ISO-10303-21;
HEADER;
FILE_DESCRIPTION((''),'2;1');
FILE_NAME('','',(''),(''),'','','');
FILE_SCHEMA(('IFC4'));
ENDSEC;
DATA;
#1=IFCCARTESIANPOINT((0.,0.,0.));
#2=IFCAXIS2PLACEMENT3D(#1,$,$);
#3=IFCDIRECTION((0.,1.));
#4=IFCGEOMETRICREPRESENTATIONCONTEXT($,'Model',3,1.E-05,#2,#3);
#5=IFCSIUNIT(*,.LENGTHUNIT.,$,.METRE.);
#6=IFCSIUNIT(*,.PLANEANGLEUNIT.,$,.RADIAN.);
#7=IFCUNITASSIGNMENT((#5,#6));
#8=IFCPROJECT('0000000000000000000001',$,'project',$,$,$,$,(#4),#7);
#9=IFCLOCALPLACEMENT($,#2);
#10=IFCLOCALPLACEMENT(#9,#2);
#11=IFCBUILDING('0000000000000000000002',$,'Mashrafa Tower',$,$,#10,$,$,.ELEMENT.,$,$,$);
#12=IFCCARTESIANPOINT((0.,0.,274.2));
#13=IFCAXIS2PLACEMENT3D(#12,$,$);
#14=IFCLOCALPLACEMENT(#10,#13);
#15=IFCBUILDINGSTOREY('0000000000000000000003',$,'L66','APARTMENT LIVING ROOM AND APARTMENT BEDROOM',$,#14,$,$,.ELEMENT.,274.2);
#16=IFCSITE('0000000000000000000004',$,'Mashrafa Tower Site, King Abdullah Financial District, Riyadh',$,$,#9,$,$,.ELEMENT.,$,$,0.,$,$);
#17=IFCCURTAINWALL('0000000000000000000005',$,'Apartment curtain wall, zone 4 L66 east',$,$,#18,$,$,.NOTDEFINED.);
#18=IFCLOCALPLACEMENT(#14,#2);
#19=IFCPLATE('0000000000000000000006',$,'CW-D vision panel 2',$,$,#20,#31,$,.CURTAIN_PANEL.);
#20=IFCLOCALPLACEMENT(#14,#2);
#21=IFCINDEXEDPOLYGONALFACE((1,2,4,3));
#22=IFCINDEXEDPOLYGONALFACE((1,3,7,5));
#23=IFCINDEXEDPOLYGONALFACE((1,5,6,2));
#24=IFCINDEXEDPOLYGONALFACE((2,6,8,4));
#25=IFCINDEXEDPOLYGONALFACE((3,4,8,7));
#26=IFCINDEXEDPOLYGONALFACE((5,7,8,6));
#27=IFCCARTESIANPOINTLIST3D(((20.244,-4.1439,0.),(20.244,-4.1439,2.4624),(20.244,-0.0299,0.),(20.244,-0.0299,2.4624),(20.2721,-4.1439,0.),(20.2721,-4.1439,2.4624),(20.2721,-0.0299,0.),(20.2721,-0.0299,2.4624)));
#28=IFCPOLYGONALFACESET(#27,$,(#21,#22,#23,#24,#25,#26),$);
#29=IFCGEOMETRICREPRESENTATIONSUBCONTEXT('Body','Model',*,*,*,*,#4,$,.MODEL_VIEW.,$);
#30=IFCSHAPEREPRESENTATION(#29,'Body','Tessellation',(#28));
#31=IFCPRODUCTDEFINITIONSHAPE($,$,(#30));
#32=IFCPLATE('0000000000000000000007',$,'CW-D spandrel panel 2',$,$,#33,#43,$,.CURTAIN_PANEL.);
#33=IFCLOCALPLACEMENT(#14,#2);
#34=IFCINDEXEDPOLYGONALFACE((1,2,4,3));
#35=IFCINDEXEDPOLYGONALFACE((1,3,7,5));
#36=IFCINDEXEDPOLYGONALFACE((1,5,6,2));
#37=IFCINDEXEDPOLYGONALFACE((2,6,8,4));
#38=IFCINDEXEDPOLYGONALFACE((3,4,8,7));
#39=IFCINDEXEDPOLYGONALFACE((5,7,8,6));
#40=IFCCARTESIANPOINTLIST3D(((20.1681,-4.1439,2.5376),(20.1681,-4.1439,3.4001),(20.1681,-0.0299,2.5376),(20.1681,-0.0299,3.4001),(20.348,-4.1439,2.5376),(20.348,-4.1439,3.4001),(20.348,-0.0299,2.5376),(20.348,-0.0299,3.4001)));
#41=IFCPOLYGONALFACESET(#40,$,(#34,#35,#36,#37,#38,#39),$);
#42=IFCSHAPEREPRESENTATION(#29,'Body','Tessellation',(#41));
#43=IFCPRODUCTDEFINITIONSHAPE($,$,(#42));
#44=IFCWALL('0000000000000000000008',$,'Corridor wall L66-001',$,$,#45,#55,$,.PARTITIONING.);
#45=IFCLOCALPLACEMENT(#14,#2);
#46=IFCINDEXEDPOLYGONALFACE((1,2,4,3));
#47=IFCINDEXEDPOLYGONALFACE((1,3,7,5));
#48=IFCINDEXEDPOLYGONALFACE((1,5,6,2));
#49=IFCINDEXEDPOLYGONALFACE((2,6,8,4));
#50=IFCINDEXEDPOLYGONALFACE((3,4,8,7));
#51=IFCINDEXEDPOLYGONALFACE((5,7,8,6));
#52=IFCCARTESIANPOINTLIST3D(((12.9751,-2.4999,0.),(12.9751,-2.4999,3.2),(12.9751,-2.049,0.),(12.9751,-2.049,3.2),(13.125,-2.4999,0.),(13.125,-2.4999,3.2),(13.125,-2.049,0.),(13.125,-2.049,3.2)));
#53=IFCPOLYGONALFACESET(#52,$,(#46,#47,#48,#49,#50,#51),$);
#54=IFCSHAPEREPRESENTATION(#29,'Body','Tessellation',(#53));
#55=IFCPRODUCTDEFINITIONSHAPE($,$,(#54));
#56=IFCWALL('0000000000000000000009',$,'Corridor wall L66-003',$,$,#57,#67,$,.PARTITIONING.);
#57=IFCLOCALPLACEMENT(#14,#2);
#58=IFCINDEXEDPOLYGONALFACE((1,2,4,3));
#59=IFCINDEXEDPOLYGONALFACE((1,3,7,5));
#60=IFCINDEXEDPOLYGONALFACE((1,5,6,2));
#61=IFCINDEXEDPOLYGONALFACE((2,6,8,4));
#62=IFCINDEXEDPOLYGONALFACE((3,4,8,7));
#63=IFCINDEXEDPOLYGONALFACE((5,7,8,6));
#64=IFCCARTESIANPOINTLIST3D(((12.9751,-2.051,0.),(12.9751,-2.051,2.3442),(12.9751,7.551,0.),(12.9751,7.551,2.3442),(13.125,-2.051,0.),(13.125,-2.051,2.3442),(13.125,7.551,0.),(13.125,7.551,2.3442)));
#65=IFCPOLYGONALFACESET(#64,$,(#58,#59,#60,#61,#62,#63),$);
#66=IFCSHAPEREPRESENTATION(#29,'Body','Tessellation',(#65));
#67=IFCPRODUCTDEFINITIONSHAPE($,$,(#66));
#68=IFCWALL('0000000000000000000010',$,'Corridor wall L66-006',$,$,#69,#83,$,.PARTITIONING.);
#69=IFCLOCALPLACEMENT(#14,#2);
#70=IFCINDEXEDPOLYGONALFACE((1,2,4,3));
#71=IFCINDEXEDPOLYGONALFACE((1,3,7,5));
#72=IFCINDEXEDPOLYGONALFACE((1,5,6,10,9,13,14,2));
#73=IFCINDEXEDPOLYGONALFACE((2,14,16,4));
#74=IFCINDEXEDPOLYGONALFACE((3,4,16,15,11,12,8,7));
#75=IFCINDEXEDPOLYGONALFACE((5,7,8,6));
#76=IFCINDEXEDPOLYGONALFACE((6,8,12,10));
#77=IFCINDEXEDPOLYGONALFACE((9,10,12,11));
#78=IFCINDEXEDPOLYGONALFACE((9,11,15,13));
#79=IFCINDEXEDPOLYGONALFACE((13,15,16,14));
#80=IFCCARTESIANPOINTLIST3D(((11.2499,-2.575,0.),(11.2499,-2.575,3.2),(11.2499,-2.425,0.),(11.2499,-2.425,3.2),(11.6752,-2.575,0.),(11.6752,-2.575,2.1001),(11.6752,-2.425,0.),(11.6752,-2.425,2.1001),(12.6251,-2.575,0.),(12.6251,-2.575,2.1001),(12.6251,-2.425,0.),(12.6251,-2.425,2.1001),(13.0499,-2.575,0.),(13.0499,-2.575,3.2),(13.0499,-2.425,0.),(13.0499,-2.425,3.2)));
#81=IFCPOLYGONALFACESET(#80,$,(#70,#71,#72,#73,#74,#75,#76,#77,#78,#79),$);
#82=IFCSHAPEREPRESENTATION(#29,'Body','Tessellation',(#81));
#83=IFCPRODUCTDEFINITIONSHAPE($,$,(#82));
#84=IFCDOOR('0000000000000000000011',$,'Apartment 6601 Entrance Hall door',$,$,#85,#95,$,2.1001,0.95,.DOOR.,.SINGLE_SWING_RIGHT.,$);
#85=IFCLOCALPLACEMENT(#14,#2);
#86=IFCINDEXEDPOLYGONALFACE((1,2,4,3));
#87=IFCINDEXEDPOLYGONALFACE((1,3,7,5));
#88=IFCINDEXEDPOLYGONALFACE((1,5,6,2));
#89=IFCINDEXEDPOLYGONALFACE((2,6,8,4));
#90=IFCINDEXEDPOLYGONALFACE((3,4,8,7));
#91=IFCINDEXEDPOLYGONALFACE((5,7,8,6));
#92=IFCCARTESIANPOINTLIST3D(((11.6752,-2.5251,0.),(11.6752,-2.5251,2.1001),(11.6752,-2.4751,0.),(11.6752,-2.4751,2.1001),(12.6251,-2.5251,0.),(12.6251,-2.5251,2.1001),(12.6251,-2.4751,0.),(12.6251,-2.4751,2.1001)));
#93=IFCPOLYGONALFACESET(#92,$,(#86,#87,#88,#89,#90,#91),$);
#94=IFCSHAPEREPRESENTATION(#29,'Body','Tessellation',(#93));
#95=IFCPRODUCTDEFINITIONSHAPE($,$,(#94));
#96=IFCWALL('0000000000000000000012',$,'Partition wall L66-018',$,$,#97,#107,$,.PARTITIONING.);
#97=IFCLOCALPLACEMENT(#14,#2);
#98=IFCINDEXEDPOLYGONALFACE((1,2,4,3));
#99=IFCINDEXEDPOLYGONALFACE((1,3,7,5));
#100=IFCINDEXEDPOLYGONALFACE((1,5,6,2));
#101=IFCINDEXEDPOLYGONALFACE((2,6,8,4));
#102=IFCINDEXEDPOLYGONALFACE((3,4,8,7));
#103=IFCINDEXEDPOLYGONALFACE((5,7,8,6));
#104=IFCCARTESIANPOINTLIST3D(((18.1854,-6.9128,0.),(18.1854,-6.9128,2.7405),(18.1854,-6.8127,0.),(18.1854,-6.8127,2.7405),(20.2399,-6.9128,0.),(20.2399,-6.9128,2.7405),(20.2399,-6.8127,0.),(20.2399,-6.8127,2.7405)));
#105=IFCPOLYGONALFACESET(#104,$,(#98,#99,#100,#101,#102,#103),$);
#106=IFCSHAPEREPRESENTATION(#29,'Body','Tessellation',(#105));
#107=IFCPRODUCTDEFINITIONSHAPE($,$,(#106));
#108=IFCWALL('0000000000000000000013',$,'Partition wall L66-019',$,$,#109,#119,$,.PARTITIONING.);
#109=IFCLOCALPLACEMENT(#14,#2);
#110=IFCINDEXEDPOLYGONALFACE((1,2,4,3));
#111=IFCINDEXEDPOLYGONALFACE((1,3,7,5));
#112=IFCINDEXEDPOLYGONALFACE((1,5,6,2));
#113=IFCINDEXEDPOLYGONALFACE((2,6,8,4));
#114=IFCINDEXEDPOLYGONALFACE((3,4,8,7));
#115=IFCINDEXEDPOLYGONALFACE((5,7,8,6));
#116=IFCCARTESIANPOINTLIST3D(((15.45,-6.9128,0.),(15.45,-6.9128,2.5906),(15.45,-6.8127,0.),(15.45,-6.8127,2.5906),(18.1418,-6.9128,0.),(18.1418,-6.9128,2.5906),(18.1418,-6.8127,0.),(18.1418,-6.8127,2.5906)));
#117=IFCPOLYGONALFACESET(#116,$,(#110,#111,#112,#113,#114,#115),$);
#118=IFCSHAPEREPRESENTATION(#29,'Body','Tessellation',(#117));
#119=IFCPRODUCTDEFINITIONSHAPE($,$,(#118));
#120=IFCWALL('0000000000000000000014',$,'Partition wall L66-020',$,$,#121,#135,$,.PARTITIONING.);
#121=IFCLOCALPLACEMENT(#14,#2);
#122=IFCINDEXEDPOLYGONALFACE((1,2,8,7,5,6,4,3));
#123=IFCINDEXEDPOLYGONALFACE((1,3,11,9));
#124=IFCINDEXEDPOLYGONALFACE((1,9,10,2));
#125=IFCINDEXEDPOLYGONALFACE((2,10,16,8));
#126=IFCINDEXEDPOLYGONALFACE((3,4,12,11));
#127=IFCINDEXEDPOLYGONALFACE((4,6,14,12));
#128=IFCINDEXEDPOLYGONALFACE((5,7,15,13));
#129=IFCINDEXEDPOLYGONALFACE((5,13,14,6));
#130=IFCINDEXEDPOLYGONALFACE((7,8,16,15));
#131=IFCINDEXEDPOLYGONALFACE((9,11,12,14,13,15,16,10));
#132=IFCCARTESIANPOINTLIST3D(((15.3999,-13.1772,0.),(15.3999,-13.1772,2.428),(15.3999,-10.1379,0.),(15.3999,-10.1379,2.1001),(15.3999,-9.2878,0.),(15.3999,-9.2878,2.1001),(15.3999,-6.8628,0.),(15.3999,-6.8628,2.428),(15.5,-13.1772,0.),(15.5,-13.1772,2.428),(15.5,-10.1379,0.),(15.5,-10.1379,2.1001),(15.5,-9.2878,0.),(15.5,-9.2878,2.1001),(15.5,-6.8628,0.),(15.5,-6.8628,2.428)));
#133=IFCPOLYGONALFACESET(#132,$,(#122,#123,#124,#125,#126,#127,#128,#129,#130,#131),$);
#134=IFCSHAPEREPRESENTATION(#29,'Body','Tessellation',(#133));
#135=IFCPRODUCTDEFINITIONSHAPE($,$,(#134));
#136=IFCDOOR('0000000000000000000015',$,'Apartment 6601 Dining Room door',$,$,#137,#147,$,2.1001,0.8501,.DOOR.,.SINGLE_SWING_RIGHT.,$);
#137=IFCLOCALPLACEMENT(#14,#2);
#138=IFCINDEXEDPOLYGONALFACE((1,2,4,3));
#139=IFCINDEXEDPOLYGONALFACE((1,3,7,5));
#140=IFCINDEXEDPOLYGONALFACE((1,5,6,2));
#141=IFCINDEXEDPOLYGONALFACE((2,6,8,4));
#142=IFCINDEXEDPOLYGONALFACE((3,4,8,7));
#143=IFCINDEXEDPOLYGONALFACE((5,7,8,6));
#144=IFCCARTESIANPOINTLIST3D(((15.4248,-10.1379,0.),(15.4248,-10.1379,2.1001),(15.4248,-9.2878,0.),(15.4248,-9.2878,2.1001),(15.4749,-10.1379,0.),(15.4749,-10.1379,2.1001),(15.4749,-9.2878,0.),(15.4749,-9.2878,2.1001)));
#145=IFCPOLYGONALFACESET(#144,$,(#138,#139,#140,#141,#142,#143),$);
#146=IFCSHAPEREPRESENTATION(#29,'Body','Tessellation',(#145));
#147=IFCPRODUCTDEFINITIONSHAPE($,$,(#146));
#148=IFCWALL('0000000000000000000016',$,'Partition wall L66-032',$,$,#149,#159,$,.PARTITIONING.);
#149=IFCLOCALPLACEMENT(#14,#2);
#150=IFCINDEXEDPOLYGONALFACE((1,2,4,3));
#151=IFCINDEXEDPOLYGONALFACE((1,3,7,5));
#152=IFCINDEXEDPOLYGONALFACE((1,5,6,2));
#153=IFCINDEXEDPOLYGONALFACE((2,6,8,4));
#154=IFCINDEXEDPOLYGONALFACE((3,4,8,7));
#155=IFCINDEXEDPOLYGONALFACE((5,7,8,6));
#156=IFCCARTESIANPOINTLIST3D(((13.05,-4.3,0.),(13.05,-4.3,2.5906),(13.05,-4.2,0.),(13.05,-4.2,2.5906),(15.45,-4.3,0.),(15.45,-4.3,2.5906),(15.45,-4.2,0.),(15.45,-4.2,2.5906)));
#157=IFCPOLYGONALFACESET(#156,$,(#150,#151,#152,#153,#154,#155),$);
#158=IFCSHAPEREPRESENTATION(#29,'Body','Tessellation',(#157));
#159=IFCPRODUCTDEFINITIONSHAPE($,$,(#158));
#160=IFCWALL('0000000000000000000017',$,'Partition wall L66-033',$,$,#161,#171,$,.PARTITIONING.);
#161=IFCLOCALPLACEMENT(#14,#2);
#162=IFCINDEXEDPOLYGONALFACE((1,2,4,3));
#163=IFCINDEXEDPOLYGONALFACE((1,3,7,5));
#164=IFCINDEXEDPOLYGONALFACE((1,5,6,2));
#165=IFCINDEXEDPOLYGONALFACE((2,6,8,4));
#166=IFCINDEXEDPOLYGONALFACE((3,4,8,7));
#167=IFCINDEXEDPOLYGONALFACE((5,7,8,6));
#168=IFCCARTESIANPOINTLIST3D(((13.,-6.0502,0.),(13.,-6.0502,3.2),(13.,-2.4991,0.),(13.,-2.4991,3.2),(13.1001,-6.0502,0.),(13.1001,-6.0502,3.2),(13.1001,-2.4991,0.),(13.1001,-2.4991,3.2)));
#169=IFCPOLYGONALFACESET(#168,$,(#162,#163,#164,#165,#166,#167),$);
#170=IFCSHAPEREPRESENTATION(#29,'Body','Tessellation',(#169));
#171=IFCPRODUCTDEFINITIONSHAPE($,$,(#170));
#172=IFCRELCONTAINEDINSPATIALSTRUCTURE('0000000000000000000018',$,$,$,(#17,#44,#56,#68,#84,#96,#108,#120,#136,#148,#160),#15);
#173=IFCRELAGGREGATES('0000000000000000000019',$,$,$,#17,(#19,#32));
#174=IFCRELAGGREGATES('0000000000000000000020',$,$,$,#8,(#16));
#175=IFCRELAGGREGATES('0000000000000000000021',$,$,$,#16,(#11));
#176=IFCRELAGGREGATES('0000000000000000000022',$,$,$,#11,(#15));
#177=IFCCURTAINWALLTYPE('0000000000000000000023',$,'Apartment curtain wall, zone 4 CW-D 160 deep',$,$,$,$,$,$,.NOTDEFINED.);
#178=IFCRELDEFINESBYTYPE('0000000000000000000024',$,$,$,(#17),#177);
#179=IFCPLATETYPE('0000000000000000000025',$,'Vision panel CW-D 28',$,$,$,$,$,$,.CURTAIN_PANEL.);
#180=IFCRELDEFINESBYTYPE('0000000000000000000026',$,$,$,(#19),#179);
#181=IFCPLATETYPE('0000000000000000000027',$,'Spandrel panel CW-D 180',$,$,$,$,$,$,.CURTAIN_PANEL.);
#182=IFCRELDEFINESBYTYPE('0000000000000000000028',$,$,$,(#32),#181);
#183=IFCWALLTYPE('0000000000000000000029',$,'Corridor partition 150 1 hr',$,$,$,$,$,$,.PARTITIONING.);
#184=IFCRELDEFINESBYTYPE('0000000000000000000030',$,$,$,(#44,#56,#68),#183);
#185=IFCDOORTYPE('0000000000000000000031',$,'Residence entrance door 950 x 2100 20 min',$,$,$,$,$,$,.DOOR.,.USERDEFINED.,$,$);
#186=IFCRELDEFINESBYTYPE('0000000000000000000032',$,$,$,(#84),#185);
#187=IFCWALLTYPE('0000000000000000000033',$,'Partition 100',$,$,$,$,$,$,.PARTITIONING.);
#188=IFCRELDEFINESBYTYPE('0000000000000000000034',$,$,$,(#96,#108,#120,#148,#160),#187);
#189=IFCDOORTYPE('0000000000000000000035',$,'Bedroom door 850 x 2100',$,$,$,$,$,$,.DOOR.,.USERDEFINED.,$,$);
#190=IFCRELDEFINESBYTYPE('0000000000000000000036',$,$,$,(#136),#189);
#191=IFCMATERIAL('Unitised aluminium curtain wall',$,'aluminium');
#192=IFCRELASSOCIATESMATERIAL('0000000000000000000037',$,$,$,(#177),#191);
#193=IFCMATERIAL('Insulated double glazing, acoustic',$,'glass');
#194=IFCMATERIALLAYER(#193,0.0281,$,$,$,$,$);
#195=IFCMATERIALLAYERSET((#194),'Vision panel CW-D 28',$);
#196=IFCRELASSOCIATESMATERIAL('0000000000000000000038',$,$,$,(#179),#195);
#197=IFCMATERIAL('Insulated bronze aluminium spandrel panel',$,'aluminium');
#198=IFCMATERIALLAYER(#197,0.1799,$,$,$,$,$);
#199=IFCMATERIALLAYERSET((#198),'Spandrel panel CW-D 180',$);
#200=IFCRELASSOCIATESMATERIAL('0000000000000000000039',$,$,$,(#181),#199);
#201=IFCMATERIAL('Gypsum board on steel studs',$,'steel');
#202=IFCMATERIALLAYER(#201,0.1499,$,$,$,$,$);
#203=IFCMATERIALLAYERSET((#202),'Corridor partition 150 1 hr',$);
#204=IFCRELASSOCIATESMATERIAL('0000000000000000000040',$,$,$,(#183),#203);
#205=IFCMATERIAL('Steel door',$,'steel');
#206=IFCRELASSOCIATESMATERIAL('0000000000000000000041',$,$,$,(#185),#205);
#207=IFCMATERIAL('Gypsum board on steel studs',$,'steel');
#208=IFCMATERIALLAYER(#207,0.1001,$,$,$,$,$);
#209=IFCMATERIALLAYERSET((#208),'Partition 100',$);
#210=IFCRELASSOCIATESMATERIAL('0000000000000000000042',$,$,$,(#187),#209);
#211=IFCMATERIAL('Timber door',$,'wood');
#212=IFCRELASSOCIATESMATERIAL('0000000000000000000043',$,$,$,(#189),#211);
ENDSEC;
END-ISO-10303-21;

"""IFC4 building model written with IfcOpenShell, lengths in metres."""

from ifc_helpers import new_model, si_unit, direction, frame, frame_2d, origin, origin_2d, place, context, subcontext, project, spatial, rectangle, extrude, source, transform, mapped, material, layer, layer_set, type_object, element, fill, aggregate, save


model = new_model("IFC4")

# Units and contexts
model_context = context("Model", 3, precision=1e-05, world=origin(), true_north=direction((0.0, 1.0)))
body_context = subcontext(model_context, "Body", "Model", "MODEL_VIEW")
ifc_project = project(units=[si_unit("LENGTHUNIT", "METRE"), si_unit("PLANEANGLEUNIT", "RADIAN")], contexts=[model_context])

# Site, building, storey
site_placement = place(None, origin())
site = spatial("IfcSite", under=ifc_project, at=site_placement, Name="Mashrafa Tower Site, King Abdullah Financial District, Riyadh", CompositionType="ELEMENT", RefElevation=0.0)
building_placement = place(site_placement, origin())
building = spatial("IfcBuilding", under=site, at=building_placement, Name="Mashrafa Tower", CompositionType="ELEMENT")
storey_placement = place(building_placement, frame((0.0, 0.0, 274.2)))
storey = spatial("IfcBuildingStorey", under=building, at=storey_placement, Name="L66", Description="APARTMENT LIVING ROOM AND APARTMENT BEDROOM", CompositionType="ELEMENT", Elevation=274.2)

# Curtain wall, plates
ifc_material_1 = material(Name="Unitised aluminium curtain wall", Category="aluminium")
curtain_wall_type = type_object("IfcCurtainWallType", Name="Apartment curtain wall, zone 4 CW-D 160 deep", PredefinedType="NOTDEFINED", material=ifc_material_1)
curtain_wall_placement = place(storey_placement, origin())
curtain_wall = element("IfcCurtainWall", 1, at=curtain_wall_placement, inside=storey, type_object=curtain_wall_type, Name="Apartment curtain wall, zone 4 L66 east", PredefinedType="NOTDEFINED")
ifc_material_2 = material(Name="Insulated double glazing, acoustic", Category="glass")
ifc_layer_1 = layer(ifc_material_2, 0.0281)
ifc_layer_set_1 = layer_set([ifc_layer_1], Name="Vision panel CW-D 28")
plate_type_1 = type_object("IfcPlateType", Name="Vision panel CW-D 28", PredefinedType="CURTAIN_PANEL", material=ifc_layer_set_1)
ifc_material_3 = material(Name="Insulated bronze aluminium spandrel panel", Category="aluminium")
ifc_layer_2 = layer(ifc_material_3, 0.1799)
ifc_layer_set_2 = layer_set([ifc_layer_2], Name="Spandrel panel CW-D 180")
plate_type_2 = type_object("IfcPlateType", Name="Spandrel panel CW-D 180", PredefinedType="CURTAIN_PANEL", material=ifc_layer_set_2)
shared_shape_1 = source(origin(), body_context, "Body", "SweptSolid", [
    extrude(rectangle(XDim=4.114, YDim=0.0281, at=origin_2d()), origin(), (0.0, 0.0, 1.0), 2.4624),
])
plate_1_placement = place(storey_placement, frame((20.2581, -2.0869, 0.0), z_axis=(0.0, 0.0, 1.0), x_axis=(0.0, 1.0, 0.0)))
plate_1 = element("IfcPlate", 2, at=plate_1_placement, type_object=plate_type_1, Name="CW-D vision panel 2", PredefinedType="CURTAIN_PANEL", context=body_context, shape_type="MappedRepresentation", body=[
    mapped(shared_shape_1, transform((0.0, 0.0, 0.0))),
])
shared_shape_2 = source(origin(), body_context, "Body", "SweptSolid", [
    extrude(rectangle(XDim=4.114, YDim=0.1799, at=origin_2d()), origin(), (0.0, 0.0, 1.0), 0.8625),
])
plate_2_placement = place(storey_placement, frame((20.2581, -2.0869, 2.5376), z_axis=(0.0, 0.0, 1.0), x_axis=(0.0, 1.0, 0.0)))
plate_2 = element("IfcPlate", 3, at=plate_2_placement, type_object=plate_type_2, Name="CW-D spandrel panel 2", PredefinedType="CURTAIN_PANEL", context=body_context, shape_type="MappedRepresentation", body=[
    mapped(shared_shape_2, transform((0.0, 0.0, 0.0))),
])
aggregate(curtain_wall, [plate_1, plate_2])

# Walls
ifc_material_4 = material(Name="Gypsum board on steel studs", Category="steel")
ifc_layer_3 = layer(ifc_material_4, 0.1499)
ifc_layer_set_3 = layer_set([ifc_layer_3], Name="Corridor partition 150 1 hr")
wall_type_1 = type_object("IfcWallType", Name="Corridor partition 150 1 hr", PredefinedType="PARTITIONING", material=ifc_layer_set_3)
wall_1_placement = place(storey_placement, frame((13.05, -2.5, 0.0), z_axis=(0.0, 0.0, 1.0), x_axis=(0.0, 1.0, 0.0)))
element("IfcWall", 4, at=wall_1_placement, inside=storey, type_object=wall_type_1, Name="Corridor wall L66-001", PredefinedType="PARTITIONING", context=body_context, shape_type="SweptSolid", body=[
    extrude(rectangle(XDim=0.4509, YDim=0.1499, at=frame_2d((0.2256, 0.0))), origin(), (0.0, 0.0, 1.0), 3.2),
])
wall_2_placement = place(storey_placement, frame((13.05, -2.051, 0.0), z_axis=(0.0, 0.0, 1.0), x_axis=(0.0, 1.0, 0.0)))
element("IfcWall", 5, at=wall_2_placement, inside=storey, type_object=wall_type_1, Name="Corridor wall L66-003", PredefinedType="PARTITIONING", context=body_context, shape_type="SweptSolid", body=[
    extrude(rectangle(XDim=9.6021, YDim=0.1499, at=frame_2d((4.801, 0.0))), origin(), (0.0, 0.0, 1.0), 2.3442),
])

# Wall, opening, door
wall_3_placement = place(storey_placement, frame((11.25, -2.5, 0.0), z_axis=(0.0, 0.0, 1.0), x_axis=(1.0, 0.0, 0.0)))
wall_3 = element("IfcWall", 6, at=wall_3_placement, inside=storey, type_object=wall_type_1, Name="Corridor wall L66-006", PredefinedType="PARTITIONING", context=body_context, shape_type="SweptSolid", body=[
    extrude(rectangle(XDim=1.8, YDim=0.1499, at=frame_2d((0.8999, 0.0))), origin(), (0.0, 0.0, 1.0), 3.2),
])
opening_1_placement = place(wall_3_placement, frame((0.425, 0.0, 0.0)))
opening_1 = element("IfcOpeningElement", 7, at=opening_1_placement, cuts=wall_3, PredefinedType="OPENING", context=body_context, shape_type="SweptSolid", body=[
    extrude(rectangle(XDim=0.95, YDim=2.1001, at=frame_2d((0.4751, 1.05))), frame((0.0, 0.085, 0.0), z_axis=(0.0, -1.0, 0.0), x_axis=(1.0, 0.0, 0.0)), (0.0, 0.0, 1.0), 0.1699),
])
ifc_material_5 = material(Name="Steel door", Category="steel")
door_type_1 = type_object("IfcDoorType", Name="Residence entrance door 950 x 2100 20 min", OperationType="USERDEFINED", PredefinedType="DOOR", material=ifc_material_5)
door_1_placement = place(opening_1_placement, origin())
door_1 = element("IfcDoor", 8, at=door_1_placement, inside=storey, type_object=door_type_1, Name="Apartment 6601 Entrance Hall door", OperationType="SINGLE_SWING_RIGHT", OverallHeight=2.1001, OverallWidth=0.95, PredefinedType="DOOR", context=body_context, shape_type="SweptSolid", body=[
    extrude(rectangle(XDim=0.95, YDim=2.1001, at=frame_2d((0.4751, 1.05))), frame((0.0, 0.0249, 0.0), z_axis=(0.0, -1.0, 0.0), x_axis=(1.0, 0.0, 0.0)), (0.0, 0.0, 1.0), 0.05),
])
fill(opening_1, door_1)

# Walls
ifc_material_6 = material(Name="Gypsum board on steel studs", Category="steel")
ifc_layer_4 = layer(ifc_material_6, 0.1001)
ifc_layer_set_4 = layer_set([ifc_layer_4], Name="Partition 100")
wall_type_2 = type_object("IfcWallType", Name="Partition 100", PredefinedType="PARTITIONING", material=ifc_layer_set_4)
wall_4_placement = place(storey_placement, frame((20.24, -6.8628, 0.0), z_axis=(0.0, 0.0, 1.0), x_axis=(-1.0, 0.0, 0.0)))
element("IfcWall", 9, at=wall_4_placement, inside=storey, type_object=wall_type_2, Name="Partition wall L66-018", PredefinedType="PARTITIONING", context=body_context, shape_type="SweptSolid", body=[
    extrude(rectangle(XDim=2.0544, YDim=0.1001, at=frame_2d((1.0273, 0.0))), origin(), (0.0, 0.0, 1.0), 2.7405),
])
wall_5_placement = place(storey_placement, frame((18.1418, -6.8628, 0.0), z_axis=(0.0, 0.0, 1.0), x_axis=(-1.0, 0.0, 0.0)))
element("IfcWall", 10, at=wall_5_placement, inside=storey, type_object=wall_type_2, Name="Partition wall L66-019", PredefinedType="PARTITIONING", context=body_context, shape_type="SweptSolid", body=[
    extrude(rectangle(XDim=2.6919, YDim=0.1001, at=frame_2d((1.3459, 0.0))), origin(), (0.0, 0.0, 1.0), 2.5906),
])

# Wall, opening, door
wall_6_placement = place(storey_placement, frame((15.45, -6.8628, 0.0), z_axis=(0.0, 0.0, 1.0), x_axis=(0.0, -1.0, 0.0)))
wall_6 = element("IfcWall", 11, at=wall_6_placement, inside=storey, type_object=wall_type_2, Name="Partition wall L66-020", PredefinedType="PARTITIONING", context=body_context, shape_type="SweptSolid", body=[
    extrude(rectangle(XDim=6.3145, YDim=0.1001, at=frame_2d((3.1572, 0.0))), origin(), (0.0, 0.0, 1.0), 2.428),
])
opening_2_placement = place(wall_6_placement, frame((2.425, 0.0, 0.0)))
opening_2 = element("IfcOpeningElement", 12, at=opening_2_placement, cuts=wall_6, PredefinedType="OPENING", context=body_context, shape_type="SweptSolid", body=[
    extrude(rectangle(XDim=0.8501, YDim=2.1001, at=frame_2d((0.425, 1.05))), frame((0.0, 0.0601, 0.0), z_axis=(0.0, -1.0, 0.0), x_axis=(1.0, 0.0, 0.0)), (0.0, 0.0, 1.0), 0.1201),
])
ifc_material_7 = material(Name="Timber door", Category="wood")
door_type_2 = type_object("IfcDoorType", Name="Bedroom door 850 x 2100", OperationType="USERDEFINED", PredefinedType="DOOR", material=ifc_material_7)
door_2_placement = place(opening_2_placement, origin())
door_2 = element("IfcDoor", 13, at=door_2_placement, inside=storey, type_object=door_type_2, Name="Apartment 6601 Dining Room door", OperationType="SINGLE_SWING_RIGHT", OverallHeight=2.1001, OverallWidth=0.8501, PredefinedType="DOOR", context=body_context, shape_type="SweptSolid", body=[
    extrude(rectangle(XDim=0.8501, YDim=2.1001, at=frame_2d((0.425, 1.05))), frame((0.0, 0.0249, 0.0), z_axis=(0.0, -1.0, 0.0), x_axis=(1.0, 0.0, 0.0)), (0.0, 0.0, 1.0), 0.05),
])
fill(opening_2, door_2)

# Walls
wall_7_placement = place(storey_placement, frame((15.45, -4.25, 0.0), z_axis=(0.0, 0.0, 1.0), x_axis=(-1.0, 0.0, 0.0)))
element("IfcWall", 14, at=wall_7_placement, inside=storey, type_object=wall_type_2, Name="Partition wall L66-032", PredefinedType="PARTITIONING", context=body_context, shape_type="SweptSolid", body=[
    extrude(rectangle(XDim=2.3999, YDim=0.1001, at=frame_2d((1.2, 0.0))), origin(), (0.0, 0.0, 1.0), 2.5906),
])
wall_8_placement = place(storey_placement, frame((13.05, -6.05, 0.0), z_axis=(0.0, 0.0, 1.0), x_axis=(0.0, 1.0, 0.0)))
element("IfcWall", 15, at=wall_8_placement, inside=storey, type_object=wall_type_2, Name="Partition wall L66-033", PredefinedType="PARTITIONING", context=body_context, shape_type="SweptSolid", body=[
    extrude(rectangle(XDim=3.551, YDim=0.1001, at=frame_2d((1.7754, 0.0))), origin(), (0.0, 0.0, 1.0), 3.2),
])

save(model, "model.ifc")
